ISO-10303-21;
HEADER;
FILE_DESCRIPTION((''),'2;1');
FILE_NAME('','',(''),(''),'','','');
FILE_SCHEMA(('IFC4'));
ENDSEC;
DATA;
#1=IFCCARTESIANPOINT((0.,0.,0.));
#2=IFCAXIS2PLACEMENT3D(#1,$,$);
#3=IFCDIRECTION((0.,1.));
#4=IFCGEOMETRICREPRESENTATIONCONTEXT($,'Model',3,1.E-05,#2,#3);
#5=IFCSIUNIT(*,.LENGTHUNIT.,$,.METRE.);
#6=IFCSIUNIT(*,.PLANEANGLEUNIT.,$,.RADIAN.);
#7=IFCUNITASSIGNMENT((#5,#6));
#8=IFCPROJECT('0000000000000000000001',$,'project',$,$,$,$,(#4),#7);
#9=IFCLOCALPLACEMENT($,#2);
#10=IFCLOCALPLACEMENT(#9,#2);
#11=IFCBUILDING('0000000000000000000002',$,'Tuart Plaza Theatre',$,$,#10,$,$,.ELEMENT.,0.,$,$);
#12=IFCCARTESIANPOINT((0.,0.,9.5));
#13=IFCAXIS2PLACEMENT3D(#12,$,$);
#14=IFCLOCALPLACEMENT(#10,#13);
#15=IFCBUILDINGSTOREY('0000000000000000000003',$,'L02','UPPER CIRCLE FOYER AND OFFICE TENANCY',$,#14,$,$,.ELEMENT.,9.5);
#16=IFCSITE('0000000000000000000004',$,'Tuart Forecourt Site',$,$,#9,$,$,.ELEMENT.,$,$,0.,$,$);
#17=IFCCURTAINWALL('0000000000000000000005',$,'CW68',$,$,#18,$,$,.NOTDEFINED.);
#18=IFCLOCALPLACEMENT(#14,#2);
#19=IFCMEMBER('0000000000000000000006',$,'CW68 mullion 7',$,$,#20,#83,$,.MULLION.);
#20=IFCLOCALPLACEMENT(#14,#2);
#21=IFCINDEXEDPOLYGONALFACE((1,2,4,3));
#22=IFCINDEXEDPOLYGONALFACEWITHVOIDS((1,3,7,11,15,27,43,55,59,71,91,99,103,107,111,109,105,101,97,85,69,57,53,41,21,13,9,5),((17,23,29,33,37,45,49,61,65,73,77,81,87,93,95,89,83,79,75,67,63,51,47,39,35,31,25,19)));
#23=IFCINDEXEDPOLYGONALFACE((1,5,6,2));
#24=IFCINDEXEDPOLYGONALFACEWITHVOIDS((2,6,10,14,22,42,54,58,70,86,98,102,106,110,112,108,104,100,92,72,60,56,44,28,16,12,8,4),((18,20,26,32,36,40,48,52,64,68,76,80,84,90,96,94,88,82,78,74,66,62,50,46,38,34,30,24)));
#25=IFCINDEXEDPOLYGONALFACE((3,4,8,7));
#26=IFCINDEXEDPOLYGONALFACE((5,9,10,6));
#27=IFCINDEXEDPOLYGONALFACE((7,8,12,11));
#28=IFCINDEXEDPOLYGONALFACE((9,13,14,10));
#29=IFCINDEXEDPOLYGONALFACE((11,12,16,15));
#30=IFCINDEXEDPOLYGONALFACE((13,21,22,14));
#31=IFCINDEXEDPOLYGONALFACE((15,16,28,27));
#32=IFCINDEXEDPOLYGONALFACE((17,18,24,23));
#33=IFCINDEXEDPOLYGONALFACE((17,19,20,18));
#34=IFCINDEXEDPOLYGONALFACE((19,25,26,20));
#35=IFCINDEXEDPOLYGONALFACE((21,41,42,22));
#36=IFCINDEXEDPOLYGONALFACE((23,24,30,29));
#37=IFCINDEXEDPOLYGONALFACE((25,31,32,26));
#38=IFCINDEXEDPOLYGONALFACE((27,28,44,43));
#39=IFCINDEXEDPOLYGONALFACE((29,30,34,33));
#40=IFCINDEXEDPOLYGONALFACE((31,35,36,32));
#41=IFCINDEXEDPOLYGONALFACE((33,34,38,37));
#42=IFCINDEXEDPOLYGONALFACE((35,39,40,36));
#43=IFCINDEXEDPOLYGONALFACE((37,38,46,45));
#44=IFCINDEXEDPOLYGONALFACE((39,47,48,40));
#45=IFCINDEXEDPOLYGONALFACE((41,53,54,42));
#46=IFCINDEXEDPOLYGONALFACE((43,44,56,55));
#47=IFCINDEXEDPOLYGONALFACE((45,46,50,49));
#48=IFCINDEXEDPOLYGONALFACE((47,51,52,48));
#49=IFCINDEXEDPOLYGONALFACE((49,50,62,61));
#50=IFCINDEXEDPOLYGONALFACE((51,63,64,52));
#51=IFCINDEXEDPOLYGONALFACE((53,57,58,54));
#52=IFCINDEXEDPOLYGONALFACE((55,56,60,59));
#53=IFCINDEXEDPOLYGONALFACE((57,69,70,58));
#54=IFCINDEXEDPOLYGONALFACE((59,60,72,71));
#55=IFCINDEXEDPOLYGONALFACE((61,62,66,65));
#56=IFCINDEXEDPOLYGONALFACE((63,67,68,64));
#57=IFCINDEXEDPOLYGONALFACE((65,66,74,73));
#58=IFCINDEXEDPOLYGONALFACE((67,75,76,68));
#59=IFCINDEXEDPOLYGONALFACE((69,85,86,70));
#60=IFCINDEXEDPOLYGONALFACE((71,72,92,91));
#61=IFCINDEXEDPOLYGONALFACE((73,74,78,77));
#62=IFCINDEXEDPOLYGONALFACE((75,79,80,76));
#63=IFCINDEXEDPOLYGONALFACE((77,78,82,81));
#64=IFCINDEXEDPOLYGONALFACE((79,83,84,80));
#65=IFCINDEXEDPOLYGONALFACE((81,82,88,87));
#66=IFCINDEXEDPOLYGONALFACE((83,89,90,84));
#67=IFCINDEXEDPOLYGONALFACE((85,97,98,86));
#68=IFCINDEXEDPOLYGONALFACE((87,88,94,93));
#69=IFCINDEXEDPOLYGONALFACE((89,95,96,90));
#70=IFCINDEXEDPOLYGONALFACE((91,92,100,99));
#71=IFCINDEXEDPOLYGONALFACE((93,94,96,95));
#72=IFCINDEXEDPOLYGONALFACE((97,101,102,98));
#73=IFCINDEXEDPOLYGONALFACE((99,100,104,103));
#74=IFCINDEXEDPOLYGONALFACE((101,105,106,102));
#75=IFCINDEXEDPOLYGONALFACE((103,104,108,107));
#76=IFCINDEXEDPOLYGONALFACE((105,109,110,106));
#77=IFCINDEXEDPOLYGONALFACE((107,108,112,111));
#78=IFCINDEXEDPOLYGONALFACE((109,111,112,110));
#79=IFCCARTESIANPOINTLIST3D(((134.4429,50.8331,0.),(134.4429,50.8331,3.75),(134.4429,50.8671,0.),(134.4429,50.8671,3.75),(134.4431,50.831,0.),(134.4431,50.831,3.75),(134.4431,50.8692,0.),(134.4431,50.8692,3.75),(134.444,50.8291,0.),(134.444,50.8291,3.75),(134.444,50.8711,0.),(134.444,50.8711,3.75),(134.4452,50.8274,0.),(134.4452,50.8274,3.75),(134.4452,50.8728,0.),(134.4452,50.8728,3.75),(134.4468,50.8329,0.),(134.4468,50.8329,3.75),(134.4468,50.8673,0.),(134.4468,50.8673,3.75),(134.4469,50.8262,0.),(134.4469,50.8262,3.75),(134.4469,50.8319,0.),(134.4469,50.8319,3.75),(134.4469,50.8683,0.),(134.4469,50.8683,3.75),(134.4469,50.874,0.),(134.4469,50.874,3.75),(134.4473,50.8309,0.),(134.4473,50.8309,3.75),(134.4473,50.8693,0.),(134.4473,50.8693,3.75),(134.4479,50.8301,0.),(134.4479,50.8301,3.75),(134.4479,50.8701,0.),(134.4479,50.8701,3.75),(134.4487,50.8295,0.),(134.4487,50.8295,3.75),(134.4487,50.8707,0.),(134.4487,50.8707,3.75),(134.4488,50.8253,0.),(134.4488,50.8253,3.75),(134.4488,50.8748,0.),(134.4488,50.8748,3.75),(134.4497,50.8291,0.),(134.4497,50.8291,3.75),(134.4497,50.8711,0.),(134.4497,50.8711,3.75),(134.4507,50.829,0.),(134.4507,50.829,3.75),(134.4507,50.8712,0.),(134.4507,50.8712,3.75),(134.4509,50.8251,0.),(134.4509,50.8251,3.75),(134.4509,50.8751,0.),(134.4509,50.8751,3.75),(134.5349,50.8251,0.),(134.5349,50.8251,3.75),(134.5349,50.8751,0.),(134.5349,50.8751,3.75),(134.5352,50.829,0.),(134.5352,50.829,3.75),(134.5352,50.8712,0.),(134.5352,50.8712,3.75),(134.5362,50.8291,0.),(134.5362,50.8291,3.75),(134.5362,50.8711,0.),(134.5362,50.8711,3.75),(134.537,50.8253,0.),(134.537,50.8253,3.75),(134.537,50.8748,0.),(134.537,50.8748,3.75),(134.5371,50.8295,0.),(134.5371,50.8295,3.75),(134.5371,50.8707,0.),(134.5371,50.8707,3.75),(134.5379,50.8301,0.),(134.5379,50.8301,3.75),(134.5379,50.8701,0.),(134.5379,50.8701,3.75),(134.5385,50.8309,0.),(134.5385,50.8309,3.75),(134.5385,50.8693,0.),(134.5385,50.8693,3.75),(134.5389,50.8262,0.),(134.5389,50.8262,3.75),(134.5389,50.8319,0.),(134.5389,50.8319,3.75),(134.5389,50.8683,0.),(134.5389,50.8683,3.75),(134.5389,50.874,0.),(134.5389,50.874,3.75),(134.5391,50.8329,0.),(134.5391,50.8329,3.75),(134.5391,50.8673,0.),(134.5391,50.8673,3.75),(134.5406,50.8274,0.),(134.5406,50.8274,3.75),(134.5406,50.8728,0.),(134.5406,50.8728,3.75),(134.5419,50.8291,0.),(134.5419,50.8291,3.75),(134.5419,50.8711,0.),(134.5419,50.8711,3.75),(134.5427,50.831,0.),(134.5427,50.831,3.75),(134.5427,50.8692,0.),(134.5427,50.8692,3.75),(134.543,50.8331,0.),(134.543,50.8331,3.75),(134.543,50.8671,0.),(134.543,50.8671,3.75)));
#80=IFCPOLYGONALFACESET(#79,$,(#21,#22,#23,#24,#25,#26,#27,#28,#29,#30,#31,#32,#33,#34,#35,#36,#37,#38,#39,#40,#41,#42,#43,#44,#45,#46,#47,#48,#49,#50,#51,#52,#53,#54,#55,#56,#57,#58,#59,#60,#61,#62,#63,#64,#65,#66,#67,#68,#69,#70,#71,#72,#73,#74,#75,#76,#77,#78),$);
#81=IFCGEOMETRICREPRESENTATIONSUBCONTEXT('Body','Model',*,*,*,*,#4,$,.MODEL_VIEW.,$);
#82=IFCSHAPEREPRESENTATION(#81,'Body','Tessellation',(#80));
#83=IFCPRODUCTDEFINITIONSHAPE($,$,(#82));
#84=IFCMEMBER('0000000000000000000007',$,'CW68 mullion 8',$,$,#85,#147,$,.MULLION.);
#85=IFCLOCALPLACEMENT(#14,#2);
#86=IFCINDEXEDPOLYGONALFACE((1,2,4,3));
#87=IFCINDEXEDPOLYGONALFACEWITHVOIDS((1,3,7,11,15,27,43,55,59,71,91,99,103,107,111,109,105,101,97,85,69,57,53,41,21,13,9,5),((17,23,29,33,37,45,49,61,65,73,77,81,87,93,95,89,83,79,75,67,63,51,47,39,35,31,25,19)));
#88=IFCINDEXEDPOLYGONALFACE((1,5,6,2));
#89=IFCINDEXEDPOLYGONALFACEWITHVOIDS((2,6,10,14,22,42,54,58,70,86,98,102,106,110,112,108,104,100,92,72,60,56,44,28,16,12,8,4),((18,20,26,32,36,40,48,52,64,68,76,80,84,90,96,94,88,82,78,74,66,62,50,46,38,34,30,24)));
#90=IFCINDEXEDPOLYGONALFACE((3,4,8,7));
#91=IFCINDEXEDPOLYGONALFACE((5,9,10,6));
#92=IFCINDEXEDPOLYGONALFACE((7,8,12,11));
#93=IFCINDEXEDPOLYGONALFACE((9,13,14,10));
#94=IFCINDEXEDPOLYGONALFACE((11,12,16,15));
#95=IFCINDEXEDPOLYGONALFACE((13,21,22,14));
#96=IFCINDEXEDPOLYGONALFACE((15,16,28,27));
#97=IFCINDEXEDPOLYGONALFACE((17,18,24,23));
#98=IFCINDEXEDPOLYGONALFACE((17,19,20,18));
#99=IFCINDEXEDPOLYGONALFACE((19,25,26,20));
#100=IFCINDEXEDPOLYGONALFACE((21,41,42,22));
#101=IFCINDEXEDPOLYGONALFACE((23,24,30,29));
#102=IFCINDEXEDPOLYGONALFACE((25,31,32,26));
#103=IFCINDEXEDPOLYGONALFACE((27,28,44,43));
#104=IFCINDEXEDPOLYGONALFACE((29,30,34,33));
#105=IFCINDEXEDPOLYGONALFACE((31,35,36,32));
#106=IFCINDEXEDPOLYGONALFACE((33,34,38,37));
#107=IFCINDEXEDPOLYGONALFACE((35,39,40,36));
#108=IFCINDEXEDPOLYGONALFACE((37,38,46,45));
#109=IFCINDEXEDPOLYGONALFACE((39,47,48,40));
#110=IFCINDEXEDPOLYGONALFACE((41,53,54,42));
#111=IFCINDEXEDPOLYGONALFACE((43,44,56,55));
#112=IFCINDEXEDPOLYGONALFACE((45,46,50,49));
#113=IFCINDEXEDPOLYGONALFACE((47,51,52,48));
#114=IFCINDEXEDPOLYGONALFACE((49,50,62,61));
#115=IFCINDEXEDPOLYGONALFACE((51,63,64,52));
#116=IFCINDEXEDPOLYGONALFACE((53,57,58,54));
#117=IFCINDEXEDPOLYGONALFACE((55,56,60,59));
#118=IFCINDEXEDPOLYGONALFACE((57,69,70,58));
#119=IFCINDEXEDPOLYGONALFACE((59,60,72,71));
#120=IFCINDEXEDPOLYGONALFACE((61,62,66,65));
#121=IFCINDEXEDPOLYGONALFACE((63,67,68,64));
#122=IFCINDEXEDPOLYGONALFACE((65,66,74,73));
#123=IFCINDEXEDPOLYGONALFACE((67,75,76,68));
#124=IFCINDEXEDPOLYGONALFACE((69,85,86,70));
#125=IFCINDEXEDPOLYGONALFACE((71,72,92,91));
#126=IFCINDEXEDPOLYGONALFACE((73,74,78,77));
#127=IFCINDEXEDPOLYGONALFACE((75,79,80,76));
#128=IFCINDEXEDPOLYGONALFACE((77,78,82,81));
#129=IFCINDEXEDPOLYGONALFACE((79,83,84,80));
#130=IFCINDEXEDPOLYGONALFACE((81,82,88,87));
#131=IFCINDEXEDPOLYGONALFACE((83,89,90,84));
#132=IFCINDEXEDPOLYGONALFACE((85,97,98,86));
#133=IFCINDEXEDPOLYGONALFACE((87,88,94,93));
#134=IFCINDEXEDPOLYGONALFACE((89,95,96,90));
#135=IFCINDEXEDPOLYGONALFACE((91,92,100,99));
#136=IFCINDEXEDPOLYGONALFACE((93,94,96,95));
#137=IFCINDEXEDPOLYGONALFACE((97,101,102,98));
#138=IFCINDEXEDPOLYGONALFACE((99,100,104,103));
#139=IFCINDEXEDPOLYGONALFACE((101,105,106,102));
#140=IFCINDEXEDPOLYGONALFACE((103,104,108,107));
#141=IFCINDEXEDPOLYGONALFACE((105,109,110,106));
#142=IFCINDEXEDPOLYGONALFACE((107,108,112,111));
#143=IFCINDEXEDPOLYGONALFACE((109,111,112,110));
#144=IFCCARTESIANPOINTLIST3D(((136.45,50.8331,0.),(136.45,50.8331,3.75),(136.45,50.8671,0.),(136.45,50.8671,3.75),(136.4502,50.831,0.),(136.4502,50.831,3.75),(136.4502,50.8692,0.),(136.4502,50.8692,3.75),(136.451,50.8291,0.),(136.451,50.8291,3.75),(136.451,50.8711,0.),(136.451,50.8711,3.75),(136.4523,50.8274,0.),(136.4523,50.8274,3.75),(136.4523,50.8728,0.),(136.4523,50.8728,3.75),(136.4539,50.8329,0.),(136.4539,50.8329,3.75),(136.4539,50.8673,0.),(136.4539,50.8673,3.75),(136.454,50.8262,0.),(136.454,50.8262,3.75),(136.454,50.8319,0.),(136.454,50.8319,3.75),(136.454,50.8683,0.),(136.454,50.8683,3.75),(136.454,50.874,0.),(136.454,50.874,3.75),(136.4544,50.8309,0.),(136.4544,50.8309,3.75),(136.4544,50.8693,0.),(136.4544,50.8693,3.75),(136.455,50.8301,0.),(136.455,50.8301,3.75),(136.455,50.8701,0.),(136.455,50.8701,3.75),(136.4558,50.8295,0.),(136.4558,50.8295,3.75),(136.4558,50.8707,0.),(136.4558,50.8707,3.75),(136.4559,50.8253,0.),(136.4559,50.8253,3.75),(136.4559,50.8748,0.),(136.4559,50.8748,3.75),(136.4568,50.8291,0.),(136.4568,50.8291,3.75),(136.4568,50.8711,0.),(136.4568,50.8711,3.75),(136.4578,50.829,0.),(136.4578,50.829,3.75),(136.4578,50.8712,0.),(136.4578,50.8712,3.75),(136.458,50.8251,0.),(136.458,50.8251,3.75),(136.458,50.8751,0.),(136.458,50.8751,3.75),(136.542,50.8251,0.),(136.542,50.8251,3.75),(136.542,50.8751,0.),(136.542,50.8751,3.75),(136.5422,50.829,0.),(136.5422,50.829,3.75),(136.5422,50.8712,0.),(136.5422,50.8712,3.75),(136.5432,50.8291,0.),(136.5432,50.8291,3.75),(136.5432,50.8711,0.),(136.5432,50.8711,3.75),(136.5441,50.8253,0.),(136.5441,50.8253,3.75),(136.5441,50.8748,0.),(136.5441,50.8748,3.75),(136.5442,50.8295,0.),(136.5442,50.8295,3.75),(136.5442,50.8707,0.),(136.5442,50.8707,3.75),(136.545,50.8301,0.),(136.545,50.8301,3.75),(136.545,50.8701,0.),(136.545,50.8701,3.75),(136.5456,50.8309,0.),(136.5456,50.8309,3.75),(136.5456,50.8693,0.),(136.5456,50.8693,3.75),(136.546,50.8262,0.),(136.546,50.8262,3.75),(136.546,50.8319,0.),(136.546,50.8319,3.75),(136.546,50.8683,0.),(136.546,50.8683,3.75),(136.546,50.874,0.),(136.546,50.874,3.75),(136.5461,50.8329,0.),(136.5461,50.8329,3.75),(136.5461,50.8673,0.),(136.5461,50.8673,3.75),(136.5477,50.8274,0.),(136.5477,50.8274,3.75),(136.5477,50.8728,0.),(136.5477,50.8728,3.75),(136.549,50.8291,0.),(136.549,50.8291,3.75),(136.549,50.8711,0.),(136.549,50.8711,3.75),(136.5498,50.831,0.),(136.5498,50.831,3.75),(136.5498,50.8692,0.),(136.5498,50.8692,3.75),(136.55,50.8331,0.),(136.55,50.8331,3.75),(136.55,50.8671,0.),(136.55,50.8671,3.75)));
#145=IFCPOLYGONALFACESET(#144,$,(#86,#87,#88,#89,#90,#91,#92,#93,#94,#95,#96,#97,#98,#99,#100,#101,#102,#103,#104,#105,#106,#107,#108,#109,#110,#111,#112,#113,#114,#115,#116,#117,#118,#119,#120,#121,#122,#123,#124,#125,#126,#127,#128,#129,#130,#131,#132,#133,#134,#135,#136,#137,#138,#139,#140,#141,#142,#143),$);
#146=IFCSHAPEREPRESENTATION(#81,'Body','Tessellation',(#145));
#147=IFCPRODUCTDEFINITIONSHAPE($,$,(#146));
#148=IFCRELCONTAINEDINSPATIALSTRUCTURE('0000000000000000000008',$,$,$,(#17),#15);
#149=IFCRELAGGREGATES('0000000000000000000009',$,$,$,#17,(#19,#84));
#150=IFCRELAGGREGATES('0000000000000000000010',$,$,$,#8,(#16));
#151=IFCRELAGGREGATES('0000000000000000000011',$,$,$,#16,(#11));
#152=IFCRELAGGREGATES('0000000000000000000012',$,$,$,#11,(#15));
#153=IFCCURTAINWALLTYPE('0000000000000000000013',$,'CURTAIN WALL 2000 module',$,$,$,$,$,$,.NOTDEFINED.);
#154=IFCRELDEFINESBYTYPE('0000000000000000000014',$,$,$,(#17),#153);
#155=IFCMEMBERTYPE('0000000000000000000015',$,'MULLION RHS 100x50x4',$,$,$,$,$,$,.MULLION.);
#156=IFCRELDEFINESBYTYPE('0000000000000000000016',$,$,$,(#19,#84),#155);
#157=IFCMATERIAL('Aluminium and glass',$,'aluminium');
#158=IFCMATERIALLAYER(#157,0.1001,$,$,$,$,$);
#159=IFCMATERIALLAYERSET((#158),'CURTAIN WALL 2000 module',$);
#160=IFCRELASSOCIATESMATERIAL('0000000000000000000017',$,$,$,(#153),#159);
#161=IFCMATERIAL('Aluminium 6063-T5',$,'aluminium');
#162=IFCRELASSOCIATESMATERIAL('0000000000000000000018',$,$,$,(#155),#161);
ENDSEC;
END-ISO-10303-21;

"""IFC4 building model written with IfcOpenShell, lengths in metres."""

from ifc_helpers import new_model, si_unit, direction, frame, origin, origin_2d, place, context, subcontext, project, spatial, hollow_rectangle, extrude, material, layer, layer_set, material_profile, profile_set, type_object, element, aggregate, save


model = new_model("IFC4")

# Units and contexts
model_context = context("Model", 3, precision=1e-05, world=origin(), true_north=direction((0.0, 1.0)))
body_context = subcontext(model_context, "Body", "Model", "MODEL_VIEW")
ifc_project = project(units=[si_unit("LENGTHUNIT", "METRE"), si_unit("PLANEANGLEUNIT", "RADIAN")], contexts=[model_context])

# Site, building, storey
site_placement = place(None, origin())
site = spatial("IfcSite", under=ifc_project, at=site_placement, Name="Tuart Forecourt Site", CompositionType="ELEMENT", RefElevation=0.0)
building_placement = place(site_placement, origin())
building = spatial("IfcBuilding", under=site, at=building_placement, Name="Tuart Plaza Theatre", CompositionType="ELEMENT", ElevationOfRefHeight=0.0)
storey_placement = place(building_placement, frame((0.0, 0.0, 9.5)))
storey = spatial("IfcBuildingStorey", under=building, at=storey_placement, Name="L02", Description="UPPER CIRCLE FOYER AND OFFICE TENANCY", CompositionType="ELEMENT", Elevation=9.5)

# Curtain wall, members
ifc_material_1 = material(Name="Aluminium and glass", Category="aluminium")
ifc_layer_1 = layer(ifc_material_1, 0.1001)
ifc_layer_set_1 = layer_set([ifc_layer_1], Name="CURTAIN WALL 2000 module")
curtain_wall_type = type_object("IfcCurtainWallType", Name="CURTAIN WALL 2000 module", PredefinedType="NOTDEFINED", material=ifc_layer_set_1)
curtain_wall_placement = place(storey_placement, origin())
curtain_wall = element("IfcCurtainWall", 1, at=curtain_wall_placement, inside=storey, type_object=curtain_wall_type, Name="CW68", PredefinedType="NOTDEFINED")
ifc_material_2 = material(Name="Aluminium 6063-T5", Category="aluminium")
ifc_material_profile_1 = material_profile(ifc_material_2, hollow_rectangle(XDim=0.05, YDim=0.1001, WallThickness=0.0039, InnerFilletRadius=0.0039, OuterFilletRadius=0.0081, at=origin_2d()), Name="RHS 100x50x4")
ifc_profile_set_1 = profile_set([ifc_material_profile_1], Name="Aluminium 6063-T5")
member_type_1 = type_object("IfcMemberType", Name="MULLION RHS 100x50x4", PredefinedType="MULLION", material=ifc_profile_set_1)
member_1_placement = place(storey_placement, frame((134.4929, 50.8501, 0.0), z_axis=(0.0, 0.0, 1.0), x_axis=(0.0, 1.0, 0.0)))
member_1 = element("IfcMember", 2, at=member_1_placement, type_object=member_type_1, Name="CW68 mullion 7", PredefinedType="MULLION", context=body_context, shape_type="SweptSolid", body=[
    extrude(hollow_rectangle(XDim=0.05, YDim=0.1001, WallThickness=0.0039, InnerFilletRadius=0.0039, OuterFilletRadius=0.0081, at=origin_2d()), origin(), (0.0, 0.0, 1.0), 3.75),
])
member_2_placement = place(storey_placement, frame((136.5, 50.8501, 0.0), z_axis=(0.0, 0.0, 1.0), x_axis=(0.0, 1.0, 0.0)))
member_2 = element("IfcMember", 3, at=member_2_placement, type_object=member_type_1, Name="CW68 mullion 8", PredefinedType="MULLION", context=body_context, shape_type="SweptSolid", body=[
    extrude(hollow_rectangle(XDim=0.05, YDim=0.1001, WallThickness=0.0039, InnerFilletRadius=0.0039, OuterFilletRadius=0.0081, at=origin_2d()), origin(), (0.0, 0.0, 1.0), 3.75),
])
aggregate(curtain_wall, [member_1, member_2])

save(model, "model.ifc")
